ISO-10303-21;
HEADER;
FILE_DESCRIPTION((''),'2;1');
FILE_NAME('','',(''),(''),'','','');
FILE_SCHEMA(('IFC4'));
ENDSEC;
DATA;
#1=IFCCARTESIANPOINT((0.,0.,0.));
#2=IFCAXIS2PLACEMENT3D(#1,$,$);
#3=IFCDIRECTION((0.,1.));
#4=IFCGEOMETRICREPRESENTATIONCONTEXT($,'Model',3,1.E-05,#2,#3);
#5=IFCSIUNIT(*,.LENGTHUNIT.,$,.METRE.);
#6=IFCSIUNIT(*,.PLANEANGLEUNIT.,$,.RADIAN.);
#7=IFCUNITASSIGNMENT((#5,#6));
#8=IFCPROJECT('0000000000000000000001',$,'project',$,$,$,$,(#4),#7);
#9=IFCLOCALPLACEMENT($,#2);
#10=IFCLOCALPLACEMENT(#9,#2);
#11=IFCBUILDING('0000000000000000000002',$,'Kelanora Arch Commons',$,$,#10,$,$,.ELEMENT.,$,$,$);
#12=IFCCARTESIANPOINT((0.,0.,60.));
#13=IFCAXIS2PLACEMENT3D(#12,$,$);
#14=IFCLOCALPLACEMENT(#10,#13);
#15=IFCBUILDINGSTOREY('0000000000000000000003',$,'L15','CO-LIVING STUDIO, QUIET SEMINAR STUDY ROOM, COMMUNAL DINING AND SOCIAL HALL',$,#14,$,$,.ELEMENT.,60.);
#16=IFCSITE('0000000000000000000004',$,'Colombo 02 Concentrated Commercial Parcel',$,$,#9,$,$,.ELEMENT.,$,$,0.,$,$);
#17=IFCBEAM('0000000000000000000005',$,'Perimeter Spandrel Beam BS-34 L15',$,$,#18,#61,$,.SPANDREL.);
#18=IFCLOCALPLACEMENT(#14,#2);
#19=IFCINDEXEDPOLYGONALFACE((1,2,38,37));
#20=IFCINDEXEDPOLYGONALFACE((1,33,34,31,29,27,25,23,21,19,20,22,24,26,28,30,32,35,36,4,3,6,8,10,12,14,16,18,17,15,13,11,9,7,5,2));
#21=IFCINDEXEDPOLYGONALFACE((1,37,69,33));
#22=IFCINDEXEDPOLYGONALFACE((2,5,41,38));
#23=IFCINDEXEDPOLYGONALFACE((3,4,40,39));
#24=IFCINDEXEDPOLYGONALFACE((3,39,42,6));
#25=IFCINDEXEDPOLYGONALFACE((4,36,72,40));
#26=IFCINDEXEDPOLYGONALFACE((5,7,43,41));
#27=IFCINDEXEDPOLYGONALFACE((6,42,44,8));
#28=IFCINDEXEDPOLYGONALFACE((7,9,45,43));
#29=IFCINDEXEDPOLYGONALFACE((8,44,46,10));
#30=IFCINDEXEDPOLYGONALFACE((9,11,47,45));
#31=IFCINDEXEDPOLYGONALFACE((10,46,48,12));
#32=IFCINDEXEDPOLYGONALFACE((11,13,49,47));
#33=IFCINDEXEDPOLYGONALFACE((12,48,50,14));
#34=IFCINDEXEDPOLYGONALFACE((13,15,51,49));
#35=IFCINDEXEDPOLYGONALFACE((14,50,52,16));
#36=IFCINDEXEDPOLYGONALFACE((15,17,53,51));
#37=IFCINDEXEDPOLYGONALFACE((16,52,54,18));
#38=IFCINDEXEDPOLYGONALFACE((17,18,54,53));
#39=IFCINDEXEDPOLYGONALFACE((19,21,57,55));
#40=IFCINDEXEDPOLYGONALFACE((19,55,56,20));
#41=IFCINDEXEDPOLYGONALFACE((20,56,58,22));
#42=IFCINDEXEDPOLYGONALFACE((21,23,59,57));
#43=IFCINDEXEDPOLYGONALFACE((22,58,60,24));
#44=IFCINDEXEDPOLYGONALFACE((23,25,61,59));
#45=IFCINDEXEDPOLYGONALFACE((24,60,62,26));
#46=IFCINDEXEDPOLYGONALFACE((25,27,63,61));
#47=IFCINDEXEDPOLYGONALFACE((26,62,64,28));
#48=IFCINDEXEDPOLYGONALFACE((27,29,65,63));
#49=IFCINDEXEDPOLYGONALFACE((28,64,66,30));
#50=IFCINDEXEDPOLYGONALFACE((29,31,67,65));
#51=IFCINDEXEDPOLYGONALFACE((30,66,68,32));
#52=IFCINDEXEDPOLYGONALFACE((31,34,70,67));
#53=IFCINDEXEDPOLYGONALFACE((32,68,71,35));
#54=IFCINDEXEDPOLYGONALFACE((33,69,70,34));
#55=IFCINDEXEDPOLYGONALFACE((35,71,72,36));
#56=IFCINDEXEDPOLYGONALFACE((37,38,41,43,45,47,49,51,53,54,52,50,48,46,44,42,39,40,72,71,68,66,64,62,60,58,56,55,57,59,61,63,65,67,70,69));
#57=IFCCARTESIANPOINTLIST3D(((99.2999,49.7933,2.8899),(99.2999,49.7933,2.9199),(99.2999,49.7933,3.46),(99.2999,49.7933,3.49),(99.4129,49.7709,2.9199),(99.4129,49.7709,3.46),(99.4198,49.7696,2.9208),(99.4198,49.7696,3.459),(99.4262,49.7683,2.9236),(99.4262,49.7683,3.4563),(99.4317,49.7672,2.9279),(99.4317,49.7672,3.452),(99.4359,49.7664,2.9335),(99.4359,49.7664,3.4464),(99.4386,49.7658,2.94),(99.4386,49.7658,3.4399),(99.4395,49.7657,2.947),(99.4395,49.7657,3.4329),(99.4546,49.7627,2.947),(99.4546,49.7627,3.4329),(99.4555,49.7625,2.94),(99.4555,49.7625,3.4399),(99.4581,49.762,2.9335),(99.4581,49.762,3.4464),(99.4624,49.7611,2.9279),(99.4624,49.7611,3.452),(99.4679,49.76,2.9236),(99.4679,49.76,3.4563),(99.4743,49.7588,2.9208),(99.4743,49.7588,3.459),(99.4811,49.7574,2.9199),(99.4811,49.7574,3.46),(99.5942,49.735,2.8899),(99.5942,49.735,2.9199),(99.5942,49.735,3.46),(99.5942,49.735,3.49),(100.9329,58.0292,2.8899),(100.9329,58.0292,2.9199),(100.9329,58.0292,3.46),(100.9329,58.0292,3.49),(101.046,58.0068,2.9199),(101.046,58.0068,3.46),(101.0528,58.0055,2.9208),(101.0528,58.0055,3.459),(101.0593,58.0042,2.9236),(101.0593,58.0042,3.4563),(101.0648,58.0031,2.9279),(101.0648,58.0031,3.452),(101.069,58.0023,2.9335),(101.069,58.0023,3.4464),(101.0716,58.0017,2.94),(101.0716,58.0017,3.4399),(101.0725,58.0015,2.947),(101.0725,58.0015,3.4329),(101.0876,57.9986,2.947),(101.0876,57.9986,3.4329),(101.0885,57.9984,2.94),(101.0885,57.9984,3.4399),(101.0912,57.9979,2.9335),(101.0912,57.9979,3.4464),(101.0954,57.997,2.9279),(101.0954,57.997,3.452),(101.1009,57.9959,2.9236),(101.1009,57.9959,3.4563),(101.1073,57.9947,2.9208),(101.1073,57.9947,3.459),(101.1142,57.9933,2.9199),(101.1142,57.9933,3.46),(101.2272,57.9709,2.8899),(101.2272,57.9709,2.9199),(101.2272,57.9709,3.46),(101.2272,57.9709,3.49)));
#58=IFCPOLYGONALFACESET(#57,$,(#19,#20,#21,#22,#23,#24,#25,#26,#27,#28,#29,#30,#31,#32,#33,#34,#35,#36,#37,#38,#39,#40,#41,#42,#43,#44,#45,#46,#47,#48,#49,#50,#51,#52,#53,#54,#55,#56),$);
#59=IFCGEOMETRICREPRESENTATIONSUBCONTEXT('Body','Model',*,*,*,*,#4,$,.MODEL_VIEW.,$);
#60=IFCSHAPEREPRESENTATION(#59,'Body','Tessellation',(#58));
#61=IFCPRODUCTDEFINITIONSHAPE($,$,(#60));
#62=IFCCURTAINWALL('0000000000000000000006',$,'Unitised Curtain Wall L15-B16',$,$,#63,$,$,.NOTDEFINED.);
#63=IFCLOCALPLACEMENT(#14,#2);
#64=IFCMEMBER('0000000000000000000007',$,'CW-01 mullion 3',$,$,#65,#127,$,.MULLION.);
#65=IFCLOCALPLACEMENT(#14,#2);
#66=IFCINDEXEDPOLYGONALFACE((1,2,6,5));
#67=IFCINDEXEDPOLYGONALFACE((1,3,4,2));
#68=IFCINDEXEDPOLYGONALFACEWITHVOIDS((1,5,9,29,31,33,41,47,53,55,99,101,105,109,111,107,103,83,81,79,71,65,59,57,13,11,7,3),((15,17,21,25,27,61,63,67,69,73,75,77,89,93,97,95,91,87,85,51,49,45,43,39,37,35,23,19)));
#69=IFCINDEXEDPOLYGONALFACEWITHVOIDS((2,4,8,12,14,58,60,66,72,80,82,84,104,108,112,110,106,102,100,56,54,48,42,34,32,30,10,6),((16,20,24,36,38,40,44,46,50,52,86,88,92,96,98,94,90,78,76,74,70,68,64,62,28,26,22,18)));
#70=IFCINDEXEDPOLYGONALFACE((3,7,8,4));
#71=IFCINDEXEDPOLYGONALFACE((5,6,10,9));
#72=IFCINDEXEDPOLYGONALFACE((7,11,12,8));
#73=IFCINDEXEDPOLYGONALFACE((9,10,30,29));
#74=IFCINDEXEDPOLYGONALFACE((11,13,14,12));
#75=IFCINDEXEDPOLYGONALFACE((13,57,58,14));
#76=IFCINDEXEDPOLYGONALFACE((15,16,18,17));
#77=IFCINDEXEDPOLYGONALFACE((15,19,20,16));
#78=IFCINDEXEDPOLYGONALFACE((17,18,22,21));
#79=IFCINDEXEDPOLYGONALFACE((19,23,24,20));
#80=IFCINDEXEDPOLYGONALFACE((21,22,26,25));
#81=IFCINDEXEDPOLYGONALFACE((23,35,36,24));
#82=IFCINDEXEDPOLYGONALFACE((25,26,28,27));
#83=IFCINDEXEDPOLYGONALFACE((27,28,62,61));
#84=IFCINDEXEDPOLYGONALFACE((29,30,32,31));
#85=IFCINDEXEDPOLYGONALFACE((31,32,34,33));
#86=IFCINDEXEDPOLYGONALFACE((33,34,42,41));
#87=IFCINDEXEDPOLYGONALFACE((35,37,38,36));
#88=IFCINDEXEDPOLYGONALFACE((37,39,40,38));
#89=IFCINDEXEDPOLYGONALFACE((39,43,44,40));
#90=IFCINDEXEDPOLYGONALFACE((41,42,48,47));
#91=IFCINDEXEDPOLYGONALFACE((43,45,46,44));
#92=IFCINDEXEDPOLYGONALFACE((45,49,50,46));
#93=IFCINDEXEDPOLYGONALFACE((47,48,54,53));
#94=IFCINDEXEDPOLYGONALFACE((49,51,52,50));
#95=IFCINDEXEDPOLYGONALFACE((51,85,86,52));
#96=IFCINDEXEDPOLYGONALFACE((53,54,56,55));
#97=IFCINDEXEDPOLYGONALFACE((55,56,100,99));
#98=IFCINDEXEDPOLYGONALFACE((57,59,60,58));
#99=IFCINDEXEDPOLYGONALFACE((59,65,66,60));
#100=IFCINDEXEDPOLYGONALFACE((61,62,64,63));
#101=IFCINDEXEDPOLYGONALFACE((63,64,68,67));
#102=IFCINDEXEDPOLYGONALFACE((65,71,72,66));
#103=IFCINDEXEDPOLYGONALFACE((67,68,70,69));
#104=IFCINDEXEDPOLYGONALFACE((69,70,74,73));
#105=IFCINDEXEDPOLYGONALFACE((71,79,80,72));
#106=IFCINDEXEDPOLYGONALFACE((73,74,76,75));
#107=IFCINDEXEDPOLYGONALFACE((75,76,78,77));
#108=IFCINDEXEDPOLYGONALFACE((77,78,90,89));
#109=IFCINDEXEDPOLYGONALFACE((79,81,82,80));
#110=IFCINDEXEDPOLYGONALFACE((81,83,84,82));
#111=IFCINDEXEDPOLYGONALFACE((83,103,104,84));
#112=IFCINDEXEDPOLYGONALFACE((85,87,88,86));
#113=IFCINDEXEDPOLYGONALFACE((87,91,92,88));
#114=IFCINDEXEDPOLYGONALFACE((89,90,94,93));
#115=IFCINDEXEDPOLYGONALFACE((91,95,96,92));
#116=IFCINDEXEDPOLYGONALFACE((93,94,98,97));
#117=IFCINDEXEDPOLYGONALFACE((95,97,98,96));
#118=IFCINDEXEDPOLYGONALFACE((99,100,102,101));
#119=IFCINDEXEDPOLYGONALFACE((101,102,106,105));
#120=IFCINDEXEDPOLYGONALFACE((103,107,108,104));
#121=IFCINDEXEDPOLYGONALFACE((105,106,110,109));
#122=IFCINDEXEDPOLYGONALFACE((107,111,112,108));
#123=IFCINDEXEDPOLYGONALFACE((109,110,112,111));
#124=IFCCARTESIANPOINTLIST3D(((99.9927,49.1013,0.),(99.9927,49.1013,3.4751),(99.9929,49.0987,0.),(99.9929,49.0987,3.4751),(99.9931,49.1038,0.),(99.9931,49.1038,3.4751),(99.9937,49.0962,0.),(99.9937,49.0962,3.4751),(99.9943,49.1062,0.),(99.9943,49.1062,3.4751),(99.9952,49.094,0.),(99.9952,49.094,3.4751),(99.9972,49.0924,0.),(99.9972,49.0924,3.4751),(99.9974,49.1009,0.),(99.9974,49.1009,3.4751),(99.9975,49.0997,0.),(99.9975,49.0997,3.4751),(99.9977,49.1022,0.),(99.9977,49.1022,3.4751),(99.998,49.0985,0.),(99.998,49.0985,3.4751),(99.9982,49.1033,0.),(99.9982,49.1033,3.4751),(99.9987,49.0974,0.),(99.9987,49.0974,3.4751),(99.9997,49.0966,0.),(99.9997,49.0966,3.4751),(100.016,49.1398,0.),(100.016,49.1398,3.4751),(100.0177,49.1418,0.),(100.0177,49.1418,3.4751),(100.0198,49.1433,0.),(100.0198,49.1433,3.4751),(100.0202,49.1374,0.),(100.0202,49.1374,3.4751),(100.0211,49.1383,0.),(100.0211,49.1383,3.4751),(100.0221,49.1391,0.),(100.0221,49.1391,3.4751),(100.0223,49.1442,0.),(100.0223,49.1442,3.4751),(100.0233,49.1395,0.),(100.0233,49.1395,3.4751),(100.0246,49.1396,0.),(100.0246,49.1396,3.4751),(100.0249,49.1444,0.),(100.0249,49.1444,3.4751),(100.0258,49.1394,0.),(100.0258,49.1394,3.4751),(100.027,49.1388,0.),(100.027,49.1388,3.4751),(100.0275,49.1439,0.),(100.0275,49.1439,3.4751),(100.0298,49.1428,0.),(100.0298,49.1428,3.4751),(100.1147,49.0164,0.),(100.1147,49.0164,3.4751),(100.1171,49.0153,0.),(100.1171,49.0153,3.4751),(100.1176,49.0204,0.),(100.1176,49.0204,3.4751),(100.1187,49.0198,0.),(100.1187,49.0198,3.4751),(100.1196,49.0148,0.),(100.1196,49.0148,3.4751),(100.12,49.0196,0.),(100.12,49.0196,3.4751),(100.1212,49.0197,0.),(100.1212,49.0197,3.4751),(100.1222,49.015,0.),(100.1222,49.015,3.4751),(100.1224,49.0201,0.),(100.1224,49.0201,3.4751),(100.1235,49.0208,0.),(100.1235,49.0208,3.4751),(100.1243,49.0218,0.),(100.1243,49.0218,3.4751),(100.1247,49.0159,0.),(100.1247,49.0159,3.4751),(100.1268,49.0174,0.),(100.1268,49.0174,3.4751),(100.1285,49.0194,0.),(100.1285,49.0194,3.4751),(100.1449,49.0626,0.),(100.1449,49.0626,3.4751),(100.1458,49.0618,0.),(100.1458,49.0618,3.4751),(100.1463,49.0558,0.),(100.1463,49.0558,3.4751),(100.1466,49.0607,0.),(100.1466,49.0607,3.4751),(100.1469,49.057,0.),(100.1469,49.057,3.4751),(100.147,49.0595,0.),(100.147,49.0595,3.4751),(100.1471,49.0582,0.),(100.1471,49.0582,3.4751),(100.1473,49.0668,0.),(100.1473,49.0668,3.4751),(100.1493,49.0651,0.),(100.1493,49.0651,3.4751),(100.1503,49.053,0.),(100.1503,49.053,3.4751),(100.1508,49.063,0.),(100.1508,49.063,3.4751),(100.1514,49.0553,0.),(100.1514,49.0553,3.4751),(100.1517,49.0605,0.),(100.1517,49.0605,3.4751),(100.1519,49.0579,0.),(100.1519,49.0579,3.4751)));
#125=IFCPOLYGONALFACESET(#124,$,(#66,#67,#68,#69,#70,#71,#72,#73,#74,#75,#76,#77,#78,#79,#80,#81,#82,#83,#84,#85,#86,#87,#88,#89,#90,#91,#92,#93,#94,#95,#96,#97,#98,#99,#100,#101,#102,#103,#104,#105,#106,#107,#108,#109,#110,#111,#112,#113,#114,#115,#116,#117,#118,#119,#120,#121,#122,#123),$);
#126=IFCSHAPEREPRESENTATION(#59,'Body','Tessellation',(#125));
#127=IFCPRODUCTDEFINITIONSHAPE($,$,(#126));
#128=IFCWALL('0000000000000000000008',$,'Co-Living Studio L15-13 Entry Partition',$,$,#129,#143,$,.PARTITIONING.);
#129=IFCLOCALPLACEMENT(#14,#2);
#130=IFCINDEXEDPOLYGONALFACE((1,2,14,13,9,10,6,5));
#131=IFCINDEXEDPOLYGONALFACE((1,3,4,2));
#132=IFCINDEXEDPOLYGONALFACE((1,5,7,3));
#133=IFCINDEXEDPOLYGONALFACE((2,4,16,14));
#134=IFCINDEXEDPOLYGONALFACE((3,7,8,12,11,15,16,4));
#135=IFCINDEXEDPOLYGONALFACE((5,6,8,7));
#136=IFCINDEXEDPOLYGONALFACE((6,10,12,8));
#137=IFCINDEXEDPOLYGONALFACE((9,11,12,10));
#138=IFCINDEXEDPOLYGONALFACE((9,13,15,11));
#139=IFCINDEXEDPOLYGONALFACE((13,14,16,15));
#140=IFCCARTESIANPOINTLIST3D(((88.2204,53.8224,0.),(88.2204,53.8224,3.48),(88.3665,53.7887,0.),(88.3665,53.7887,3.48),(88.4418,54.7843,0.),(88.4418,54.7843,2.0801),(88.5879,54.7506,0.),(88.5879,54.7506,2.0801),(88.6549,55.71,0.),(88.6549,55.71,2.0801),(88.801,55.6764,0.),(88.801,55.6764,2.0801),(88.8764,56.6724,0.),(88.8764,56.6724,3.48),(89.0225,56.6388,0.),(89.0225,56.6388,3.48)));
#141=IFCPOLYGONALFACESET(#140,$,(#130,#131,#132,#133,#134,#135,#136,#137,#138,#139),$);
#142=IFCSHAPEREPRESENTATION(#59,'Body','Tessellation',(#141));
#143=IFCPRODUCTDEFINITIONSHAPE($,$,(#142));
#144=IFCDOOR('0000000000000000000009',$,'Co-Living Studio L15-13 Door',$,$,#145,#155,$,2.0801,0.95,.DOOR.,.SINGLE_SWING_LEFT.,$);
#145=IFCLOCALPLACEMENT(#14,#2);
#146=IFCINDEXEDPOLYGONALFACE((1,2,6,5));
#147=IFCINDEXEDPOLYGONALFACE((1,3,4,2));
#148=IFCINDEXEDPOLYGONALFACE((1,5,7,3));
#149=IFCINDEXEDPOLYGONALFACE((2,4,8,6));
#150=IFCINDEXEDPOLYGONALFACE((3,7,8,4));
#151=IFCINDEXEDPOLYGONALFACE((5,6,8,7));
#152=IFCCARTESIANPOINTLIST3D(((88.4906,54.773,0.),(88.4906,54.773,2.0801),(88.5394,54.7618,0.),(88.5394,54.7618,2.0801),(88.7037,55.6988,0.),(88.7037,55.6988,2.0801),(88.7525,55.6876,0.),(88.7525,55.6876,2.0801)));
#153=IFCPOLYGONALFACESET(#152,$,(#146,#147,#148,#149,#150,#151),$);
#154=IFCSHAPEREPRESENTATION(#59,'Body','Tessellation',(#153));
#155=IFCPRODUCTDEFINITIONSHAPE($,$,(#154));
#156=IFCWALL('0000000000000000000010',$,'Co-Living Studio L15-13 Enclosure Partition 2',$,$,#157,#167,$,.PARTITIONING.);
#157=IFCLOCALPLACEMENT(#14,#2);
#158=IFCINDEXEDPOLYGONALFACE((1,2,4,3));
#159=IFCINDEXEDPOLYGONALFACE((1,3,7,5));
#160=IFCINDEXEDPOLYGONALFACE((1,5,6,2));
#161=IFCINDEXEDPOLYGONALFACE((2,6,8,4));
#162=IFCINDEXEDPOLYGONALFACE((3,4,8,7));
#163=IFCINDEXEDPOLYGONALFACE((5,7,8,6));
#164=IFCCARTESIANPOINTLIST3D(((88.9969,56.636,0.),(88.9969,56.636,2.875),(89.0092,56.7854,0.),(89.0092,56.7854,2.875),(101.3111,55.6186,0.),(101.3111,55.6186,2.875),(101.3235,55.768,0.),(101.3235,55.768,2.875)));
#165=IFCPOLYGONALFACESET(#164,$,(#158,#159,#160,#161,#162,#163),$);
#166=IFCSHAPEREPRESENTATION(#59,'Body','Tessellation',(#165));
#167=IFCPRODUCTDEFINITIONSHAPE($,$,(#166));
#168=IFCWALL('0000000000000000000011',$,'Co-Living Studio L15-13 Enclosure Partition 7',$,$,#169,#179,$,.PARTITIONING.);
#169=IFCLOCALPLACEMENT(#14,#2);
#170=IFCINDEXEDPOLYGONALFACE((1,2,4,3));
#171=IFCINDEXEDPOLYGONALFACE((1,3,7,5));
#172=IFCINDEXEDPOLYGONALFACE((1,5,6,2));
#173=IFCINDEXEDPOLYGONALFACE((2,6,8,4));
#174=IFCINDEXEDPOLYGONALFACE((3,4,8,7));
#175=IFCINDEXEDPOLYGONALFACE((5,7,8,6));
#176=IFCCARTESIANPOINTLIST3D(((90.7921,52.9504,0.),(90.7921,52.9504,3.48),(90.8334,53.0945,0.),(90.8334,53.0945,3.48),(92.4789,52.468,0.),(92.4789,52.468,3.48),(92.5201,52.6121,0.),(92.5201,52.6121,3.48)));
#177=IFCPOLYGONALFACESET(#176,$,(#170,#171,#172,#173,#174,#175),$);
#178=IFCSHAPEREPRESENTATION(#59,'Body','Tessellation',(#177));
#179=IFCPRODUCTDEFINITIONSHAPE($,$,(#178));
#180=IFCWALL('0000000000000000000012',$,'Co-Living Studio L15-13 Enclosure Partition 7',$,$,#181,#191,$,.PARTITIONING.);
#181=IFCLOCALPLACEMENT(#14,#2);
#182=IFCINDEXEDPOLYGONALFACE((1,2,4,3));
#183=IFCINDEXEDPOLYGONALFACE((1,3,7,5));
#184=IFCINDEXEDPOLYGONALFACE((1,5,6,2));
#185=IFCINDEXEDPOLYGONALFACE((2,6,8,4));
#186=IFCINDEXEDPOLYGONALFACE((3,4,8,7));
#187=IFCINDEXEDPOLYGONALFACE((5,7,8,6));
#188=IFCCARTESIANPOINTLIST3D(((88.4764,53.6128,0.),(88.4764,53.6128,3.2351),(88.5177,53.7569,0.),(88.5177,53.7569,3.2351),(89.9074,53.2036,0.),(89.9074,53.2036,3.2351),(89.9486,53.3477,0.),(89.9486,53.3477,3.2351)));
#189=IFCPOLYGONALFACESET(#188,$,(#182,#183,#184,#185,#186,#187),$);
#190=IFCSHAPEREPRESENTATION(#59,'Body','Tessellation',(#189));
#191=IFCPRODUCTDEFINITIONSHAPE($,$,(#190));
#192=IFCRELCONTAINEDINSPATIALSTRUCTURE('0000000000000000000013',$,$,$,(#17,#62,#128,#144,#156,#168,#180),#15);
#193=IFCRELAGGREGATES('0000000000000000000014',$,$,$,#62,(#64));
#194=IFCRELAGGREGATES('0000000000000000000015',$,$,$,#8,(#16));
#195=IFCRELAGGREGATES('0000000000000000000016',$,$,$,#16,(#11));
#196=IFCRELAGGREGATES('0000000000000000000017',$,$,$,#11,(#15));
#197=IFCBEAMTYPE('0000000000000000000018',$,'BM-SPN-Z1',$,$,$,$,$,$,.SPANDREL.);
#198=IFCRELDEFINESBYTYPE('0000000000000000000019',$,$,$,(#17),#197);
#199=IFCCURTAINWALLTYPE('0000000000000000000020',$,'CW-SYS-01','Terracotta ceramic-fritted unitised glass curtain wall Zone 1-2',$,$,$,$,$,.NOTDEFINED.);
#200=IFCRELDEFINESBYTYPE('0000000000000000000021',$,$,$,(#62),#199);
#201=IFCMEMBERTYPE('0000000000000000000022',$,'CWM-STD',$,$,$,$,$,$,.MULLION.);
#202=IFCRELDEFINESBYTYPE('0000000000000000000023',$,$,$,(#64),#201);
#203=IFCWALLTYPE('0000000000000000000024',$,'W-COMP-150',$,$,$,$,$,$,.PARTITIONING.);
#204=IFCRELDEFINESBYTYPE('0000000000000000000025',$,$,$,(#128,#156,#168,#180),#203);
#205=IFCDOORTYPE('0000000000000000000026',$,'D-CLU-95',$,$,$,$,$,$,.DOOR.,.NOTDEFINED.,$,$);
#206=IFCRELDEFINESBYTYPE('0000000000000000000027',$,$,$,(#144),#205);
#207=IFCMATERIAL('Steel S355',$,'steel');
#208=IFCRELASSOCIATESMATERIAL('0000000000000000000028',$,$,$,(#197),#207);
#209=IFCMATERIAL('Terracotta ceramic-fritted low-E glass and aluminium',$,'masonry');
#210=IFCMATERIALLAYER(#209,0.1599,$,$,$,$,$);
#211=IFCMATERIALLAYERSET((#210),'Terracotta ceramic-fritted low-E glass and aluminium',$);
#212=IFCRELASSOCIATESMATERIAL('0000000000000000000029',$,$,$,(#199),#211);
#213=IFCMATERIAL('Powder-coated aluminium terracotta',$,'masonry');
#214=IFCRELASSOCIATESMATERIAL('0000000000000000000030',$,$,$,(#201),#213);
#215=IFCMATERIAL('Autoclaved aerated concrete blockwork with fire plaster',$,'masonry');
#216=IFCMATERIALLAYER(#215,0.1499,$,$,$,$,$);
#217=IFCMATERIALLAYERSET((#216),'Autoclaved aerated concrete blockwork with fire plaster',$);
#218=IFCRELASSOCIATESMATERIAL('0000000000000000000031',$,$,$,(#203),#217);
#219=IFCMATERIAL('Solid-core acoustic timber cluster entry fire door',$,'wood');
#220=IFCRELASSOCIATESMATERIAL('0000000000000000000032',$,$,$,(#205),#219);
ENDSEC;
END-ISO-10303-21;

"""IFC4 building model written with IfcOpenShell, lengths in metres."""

from ifc_helpers import new_model, si_unit, direction, frame, frame_2d, origin, origin_2d, place, context, subcontext, project, spatial, rectangle, hollow_rectangle, i_section, extrude, material, layer, layer_set, material_profile, profile_set, type_object, element, fill, aggregate, save


model = new_model("IFC4")

# Units and contexts
model_context = context("Model", 3, precision=1e-05, world=origin(), true_north=direction((0.0, 1.0)))
body_context = subcontext(model_context, "Body", "Model", "MODEL_VIEW")
ifc_project = project(units=[si_unit("LENGTHUNIT", "METRE"), si_unit("PLANEANGLEUNIT", "RADIAN")], contexts=[model_context])

# Site, building, storey
site_placement = place(None, origin())
site = spatial("IfcSite", under=ifc_project, at=site_placement, Name="Colombo 02 Concentrated Commercial Parcel", CompositionType="ELEMENT", RefElevation=0.0)
building_placement = place(site_placement, origin())
building = spatial("IfcBuilding", under=site, at=building_placement, Name="Kelanora Arch Commons", CompositionType="ELEMENT")
storey_placement = place(building_placement, frame((0.0, 0.0, 60.0)))
storey = spatial("IfcBuildingStorey", under=building, at=storey_placement, Name="L15", Description="CO-LIVING STUDIO, QUIET SEMINAR STUDY ROOM, COMMUNAL DINING AND SOCIAL HALL", CompositionType="ELEMENT", Elevation=60.0)

# Beam
ifc_material_1 = material(Name="Steel S355", Category="steel")
ifc_material_profile_1 = material_profile(ifc_material_1, i_section(OverallWidth=0.3, OverallDepth=0.6001, WebThickness=0.0154, FlangeThickness=0.03, FilletRadius=0.0271, at=origin_2d()), Name="HEB600")
ifc_profile_set_1 = profile_set([ifc_material_profile_1], Name="Steel S355")
beam_type_1 = type_object("IfcBeamType", Name="BM-SPN-Z1", PredefinedType="SPANDREL", material=ifc_profile_set_1)
beam_1_placement = place(storey_placement, frame((99.447, 49.7642, 3.1899), z_axis=(0.1945, 0.980903, 0.0), x_axis=(-0.980903, 0.1945, 0.0)))
element("IfcBeam", 1, at=beam_1_placement, inside=storey, type_object=beam_type_1, Name="Perimeter Spandrel Beam BS-34 L15", PredefinedType="SPANDREL", context=body_context, shape_type="SweptSolid", body=[
    extrude(i_section(OverallWidth=0.3, OverallDepth=0.6001, WebThickness=0.0154, FlangeThickness=0.03, FilletRadius=0.0271, at=origin_2d()), origin(), (0.0, 0.0, 1.0), 8.3962),
])

# Curtain wall, member
ifc_material_2 = material(Name="Terracotta ceramic-fritted low-E glass and aluminium", Category="masonry")
ifc_layer_1 = layer(ifc_material_2, 0.1599)
ifc_layer_set_1 = layer_set([ifc_layer_1], Name="Terracotta ceramic-fritted low-E glass and aluminium")
curtain_wall_type = type_object("IfcCurtainWallType", Name="CW-SYS-01", Description="Terracotta ceramic-fritted unitised glass curtain wall Zone 1-2", PredefinedType="NOTDEFINED", material=ifc_layer_set_1)
curtain_wall_placement = place(storey_placement, origin())
curtain_wall = element("IfcCurtainWall", 2, at=curtain_wall_placement, inside=storey, type_object=curtain_wall_type, Name="Unitised Curtain Wall L15-B16", PredefinedType="NOTDEFINED")
ifc_material_3 = material(Name="Powder-coated aluminium terracotta", Category="masonry")
ifc_material_profile_2 = material_profile(ifc_material_3, hollow_rectangle(XDim=0.1599, YDim=0.0601, WallThickness=0.0049, InnerFilletRadius=0.0049, OuterFilletRadius=0.01, at=origin_2d()), Name="CWM160x60")
ifc_profile_set_2 = profile_set([ifc_material_profile_2], Name="Powder-coated aluminium terracotta")
member_type = type_object("IfcMemberType", Name="CWM-STD", PredefinedType="MULLION", material=ifc_profile_set_2)
member_placement = place(storey_placement, frame((100.0723, 49.0796, 0.0), z_axis=(0.0, 0.0, 1.0), x_axis=(-0.83973, 0.543004, 0.0)))
member = element("IfcMember", 3, at=member_placement, type_object=member_type, Name="CW-01 mullion 3", PredefinedType="MULLION", context=body_context, shape_type="SweptSolid", body=[
    extrude(hollow_rectangle(XDim=0.1599, YDim=0.0601, WallThickness=0.0049, InnerFilletRadius=0.0049, OuterFilletRadius=0.01, at=origin_2d()), origin(), (0.0, 0.0, 1.0), 3.4751),
])
aggregate(curtain_wall, [member])

# Wall, opening, door
ifc_material_4 = material(Name="Autoclaved aerated concrete blockwork with fire plaster", Category="masonry")
ifc_layer_2 = layer(ifc_material_4, 0.1499)
ifc_layer_set_2 = layer_set([ifc_layer_2], Name="Autoclaved aerated concrete blockwork with fire plaster")
wall_type_1 = type_object("IfcWallType", Name="W-COMP-150", PredefinedType="PARTITIONING", material=ifc_layer_set_2)
wall_1_placement = place(storey_placement, frame((88.2935, 53.8054, 0.0), z_axis=(0.0, 0.0, 1.0), x_axis=(0.224305, 0.974519, 0.0)))
wall_1 = element("IfcWall", 4, at=wall_1_placement, inside=storey, type_object=wall_type_1, Name="Co-Living Studio L15-13 Entry Partition", PredefinedType="PARTITIONING", context=body_context, shape_type="SweptSolid", body=[
    extrude(rectangle(XDim=2.9246, YDim=0.1499, at=frame_2d((1.4624, 0.0))), origin(), (0.0, 0.0, 1.0), 3.48),
])
opening_1_placement = place(wall_1_placement, frame((0.9871, 0.0, 0.0)))
opening_1 = element("IfcOpeningElement", 5, at=opening_1_placement, cuts=wall_1, PredefinedType="OPENING", context=body_context, shape_type="SweptSolid", body=[
    extrude(rectangle(XDim=0.95, YDim=2.0801, at=frame_2d((0.4751, 1.04))), frame((0.0, 0.085, 0.0), z_axis=(0.0, -1.0, 0.0), x_axis=(1.0, 0.0, 0.0)), (0.0, 0.0, 1.0), 0.1699),
])
ifc_material_5 = material(Name="Solid-core acoustic timber cluster entry fire door", Category="wood")
door_type_1 = type_object("IfcDoorType", Name="D-CLU-95", OperationType="NOTDEFINED", PredefinedType="DOOR", material=ifc_material_5)
door_1_placement = place(opening_1_placement, origin())
door_1 = element("IfcDoor", 6, at=door_1_placement, inside=storey, type_object=door_type_1, Name="Co-Living Studio L15-13 Door", OperationType="SINGLE_SWING_LEFT", OverallHeight=2.0801, OverallWidth=0.95, PredefinedType="DOOR", context=body_context, shape_type="SweptSolid", body=[
    extrude(rectangle(XDim=0.95, YDim=2.0801, at=frame_2d((0.4751, 1.04))), frame((0.0, 0.0249, 0.0), z_axis=(0.0, -1.0, 0.0), x_axis=(1.0, 0.0, 0.0)), (0.0, 0.0, 1.0), 0.05),
])
fill(opening_1, door_1)

# Walls
wall_2_placement = place(storey_placement, frame((89.0029, 56.7107, 0.0), z_axis=(0.0, 0.0, 1.0), x_axis=(0.996605, -0.082334, 0.0)))
element("IfcWall", 7, at=wall_2_placement, inside=storey, type_object=wall_type_1, Name="Co-Living Studio L15-13 Enclosure Partition 2", PredefinedType="PARTITIONING", context=body_context, shape_type="SweptSolid", body=[
    extrude(rectangle(XDim=12.3562, YDim=0.1499, at=frame_2d((6.1782, 0.0))), origin(), (0.0, 0.0, 1.0), 2.875),
])
wall_3_placement = place(storey_placement, frame((92.4995, 52.54, 0.0), z_axis=(0.0, 0.0, 1.0), x_axis=(-0.96145, 0.274978, 0.0)))
element("IfcWall", 8, at=wall_3_placement, inside=storey, type_object=wall_type_1, Name="Co-Living Studio L15-13 Enclosure Partition 7", PredefinedType="PARTITIONING", context=body_context, shape_type="SweptSolid", body=[
    extrude(rectangle(XDim=1.7544, YDim=0.1499, at=frame_2d((0.8772, 0.0))), origin(), (0.0, 0.0, 1.0), 3.48),
])
wall_4_placement = place(storey_placement, frame((89.928, 53.2756, 0.0), z_axis=(0.0, 0.0, 1.0), x_axis=(-0.961462, 0.274938, 0.0)))
element("IfcWall", 9, at=wall_4_placement, inside=storey, type_object=wall_type_1, Name="Co-Living Studio L15-13 Enclosure Partition 7", PredefinedType="PARTITIONING", context=body_context, shape_type="SweptSolid", body=[
    extrude(rectangle(XDim=1.4883, YDim=0.1499, at=frame_2d((0.7441, 0.0))), origin(), (0.0, 0.0, 1.0), 3.2351),
])

save(model, "model.ifc")
